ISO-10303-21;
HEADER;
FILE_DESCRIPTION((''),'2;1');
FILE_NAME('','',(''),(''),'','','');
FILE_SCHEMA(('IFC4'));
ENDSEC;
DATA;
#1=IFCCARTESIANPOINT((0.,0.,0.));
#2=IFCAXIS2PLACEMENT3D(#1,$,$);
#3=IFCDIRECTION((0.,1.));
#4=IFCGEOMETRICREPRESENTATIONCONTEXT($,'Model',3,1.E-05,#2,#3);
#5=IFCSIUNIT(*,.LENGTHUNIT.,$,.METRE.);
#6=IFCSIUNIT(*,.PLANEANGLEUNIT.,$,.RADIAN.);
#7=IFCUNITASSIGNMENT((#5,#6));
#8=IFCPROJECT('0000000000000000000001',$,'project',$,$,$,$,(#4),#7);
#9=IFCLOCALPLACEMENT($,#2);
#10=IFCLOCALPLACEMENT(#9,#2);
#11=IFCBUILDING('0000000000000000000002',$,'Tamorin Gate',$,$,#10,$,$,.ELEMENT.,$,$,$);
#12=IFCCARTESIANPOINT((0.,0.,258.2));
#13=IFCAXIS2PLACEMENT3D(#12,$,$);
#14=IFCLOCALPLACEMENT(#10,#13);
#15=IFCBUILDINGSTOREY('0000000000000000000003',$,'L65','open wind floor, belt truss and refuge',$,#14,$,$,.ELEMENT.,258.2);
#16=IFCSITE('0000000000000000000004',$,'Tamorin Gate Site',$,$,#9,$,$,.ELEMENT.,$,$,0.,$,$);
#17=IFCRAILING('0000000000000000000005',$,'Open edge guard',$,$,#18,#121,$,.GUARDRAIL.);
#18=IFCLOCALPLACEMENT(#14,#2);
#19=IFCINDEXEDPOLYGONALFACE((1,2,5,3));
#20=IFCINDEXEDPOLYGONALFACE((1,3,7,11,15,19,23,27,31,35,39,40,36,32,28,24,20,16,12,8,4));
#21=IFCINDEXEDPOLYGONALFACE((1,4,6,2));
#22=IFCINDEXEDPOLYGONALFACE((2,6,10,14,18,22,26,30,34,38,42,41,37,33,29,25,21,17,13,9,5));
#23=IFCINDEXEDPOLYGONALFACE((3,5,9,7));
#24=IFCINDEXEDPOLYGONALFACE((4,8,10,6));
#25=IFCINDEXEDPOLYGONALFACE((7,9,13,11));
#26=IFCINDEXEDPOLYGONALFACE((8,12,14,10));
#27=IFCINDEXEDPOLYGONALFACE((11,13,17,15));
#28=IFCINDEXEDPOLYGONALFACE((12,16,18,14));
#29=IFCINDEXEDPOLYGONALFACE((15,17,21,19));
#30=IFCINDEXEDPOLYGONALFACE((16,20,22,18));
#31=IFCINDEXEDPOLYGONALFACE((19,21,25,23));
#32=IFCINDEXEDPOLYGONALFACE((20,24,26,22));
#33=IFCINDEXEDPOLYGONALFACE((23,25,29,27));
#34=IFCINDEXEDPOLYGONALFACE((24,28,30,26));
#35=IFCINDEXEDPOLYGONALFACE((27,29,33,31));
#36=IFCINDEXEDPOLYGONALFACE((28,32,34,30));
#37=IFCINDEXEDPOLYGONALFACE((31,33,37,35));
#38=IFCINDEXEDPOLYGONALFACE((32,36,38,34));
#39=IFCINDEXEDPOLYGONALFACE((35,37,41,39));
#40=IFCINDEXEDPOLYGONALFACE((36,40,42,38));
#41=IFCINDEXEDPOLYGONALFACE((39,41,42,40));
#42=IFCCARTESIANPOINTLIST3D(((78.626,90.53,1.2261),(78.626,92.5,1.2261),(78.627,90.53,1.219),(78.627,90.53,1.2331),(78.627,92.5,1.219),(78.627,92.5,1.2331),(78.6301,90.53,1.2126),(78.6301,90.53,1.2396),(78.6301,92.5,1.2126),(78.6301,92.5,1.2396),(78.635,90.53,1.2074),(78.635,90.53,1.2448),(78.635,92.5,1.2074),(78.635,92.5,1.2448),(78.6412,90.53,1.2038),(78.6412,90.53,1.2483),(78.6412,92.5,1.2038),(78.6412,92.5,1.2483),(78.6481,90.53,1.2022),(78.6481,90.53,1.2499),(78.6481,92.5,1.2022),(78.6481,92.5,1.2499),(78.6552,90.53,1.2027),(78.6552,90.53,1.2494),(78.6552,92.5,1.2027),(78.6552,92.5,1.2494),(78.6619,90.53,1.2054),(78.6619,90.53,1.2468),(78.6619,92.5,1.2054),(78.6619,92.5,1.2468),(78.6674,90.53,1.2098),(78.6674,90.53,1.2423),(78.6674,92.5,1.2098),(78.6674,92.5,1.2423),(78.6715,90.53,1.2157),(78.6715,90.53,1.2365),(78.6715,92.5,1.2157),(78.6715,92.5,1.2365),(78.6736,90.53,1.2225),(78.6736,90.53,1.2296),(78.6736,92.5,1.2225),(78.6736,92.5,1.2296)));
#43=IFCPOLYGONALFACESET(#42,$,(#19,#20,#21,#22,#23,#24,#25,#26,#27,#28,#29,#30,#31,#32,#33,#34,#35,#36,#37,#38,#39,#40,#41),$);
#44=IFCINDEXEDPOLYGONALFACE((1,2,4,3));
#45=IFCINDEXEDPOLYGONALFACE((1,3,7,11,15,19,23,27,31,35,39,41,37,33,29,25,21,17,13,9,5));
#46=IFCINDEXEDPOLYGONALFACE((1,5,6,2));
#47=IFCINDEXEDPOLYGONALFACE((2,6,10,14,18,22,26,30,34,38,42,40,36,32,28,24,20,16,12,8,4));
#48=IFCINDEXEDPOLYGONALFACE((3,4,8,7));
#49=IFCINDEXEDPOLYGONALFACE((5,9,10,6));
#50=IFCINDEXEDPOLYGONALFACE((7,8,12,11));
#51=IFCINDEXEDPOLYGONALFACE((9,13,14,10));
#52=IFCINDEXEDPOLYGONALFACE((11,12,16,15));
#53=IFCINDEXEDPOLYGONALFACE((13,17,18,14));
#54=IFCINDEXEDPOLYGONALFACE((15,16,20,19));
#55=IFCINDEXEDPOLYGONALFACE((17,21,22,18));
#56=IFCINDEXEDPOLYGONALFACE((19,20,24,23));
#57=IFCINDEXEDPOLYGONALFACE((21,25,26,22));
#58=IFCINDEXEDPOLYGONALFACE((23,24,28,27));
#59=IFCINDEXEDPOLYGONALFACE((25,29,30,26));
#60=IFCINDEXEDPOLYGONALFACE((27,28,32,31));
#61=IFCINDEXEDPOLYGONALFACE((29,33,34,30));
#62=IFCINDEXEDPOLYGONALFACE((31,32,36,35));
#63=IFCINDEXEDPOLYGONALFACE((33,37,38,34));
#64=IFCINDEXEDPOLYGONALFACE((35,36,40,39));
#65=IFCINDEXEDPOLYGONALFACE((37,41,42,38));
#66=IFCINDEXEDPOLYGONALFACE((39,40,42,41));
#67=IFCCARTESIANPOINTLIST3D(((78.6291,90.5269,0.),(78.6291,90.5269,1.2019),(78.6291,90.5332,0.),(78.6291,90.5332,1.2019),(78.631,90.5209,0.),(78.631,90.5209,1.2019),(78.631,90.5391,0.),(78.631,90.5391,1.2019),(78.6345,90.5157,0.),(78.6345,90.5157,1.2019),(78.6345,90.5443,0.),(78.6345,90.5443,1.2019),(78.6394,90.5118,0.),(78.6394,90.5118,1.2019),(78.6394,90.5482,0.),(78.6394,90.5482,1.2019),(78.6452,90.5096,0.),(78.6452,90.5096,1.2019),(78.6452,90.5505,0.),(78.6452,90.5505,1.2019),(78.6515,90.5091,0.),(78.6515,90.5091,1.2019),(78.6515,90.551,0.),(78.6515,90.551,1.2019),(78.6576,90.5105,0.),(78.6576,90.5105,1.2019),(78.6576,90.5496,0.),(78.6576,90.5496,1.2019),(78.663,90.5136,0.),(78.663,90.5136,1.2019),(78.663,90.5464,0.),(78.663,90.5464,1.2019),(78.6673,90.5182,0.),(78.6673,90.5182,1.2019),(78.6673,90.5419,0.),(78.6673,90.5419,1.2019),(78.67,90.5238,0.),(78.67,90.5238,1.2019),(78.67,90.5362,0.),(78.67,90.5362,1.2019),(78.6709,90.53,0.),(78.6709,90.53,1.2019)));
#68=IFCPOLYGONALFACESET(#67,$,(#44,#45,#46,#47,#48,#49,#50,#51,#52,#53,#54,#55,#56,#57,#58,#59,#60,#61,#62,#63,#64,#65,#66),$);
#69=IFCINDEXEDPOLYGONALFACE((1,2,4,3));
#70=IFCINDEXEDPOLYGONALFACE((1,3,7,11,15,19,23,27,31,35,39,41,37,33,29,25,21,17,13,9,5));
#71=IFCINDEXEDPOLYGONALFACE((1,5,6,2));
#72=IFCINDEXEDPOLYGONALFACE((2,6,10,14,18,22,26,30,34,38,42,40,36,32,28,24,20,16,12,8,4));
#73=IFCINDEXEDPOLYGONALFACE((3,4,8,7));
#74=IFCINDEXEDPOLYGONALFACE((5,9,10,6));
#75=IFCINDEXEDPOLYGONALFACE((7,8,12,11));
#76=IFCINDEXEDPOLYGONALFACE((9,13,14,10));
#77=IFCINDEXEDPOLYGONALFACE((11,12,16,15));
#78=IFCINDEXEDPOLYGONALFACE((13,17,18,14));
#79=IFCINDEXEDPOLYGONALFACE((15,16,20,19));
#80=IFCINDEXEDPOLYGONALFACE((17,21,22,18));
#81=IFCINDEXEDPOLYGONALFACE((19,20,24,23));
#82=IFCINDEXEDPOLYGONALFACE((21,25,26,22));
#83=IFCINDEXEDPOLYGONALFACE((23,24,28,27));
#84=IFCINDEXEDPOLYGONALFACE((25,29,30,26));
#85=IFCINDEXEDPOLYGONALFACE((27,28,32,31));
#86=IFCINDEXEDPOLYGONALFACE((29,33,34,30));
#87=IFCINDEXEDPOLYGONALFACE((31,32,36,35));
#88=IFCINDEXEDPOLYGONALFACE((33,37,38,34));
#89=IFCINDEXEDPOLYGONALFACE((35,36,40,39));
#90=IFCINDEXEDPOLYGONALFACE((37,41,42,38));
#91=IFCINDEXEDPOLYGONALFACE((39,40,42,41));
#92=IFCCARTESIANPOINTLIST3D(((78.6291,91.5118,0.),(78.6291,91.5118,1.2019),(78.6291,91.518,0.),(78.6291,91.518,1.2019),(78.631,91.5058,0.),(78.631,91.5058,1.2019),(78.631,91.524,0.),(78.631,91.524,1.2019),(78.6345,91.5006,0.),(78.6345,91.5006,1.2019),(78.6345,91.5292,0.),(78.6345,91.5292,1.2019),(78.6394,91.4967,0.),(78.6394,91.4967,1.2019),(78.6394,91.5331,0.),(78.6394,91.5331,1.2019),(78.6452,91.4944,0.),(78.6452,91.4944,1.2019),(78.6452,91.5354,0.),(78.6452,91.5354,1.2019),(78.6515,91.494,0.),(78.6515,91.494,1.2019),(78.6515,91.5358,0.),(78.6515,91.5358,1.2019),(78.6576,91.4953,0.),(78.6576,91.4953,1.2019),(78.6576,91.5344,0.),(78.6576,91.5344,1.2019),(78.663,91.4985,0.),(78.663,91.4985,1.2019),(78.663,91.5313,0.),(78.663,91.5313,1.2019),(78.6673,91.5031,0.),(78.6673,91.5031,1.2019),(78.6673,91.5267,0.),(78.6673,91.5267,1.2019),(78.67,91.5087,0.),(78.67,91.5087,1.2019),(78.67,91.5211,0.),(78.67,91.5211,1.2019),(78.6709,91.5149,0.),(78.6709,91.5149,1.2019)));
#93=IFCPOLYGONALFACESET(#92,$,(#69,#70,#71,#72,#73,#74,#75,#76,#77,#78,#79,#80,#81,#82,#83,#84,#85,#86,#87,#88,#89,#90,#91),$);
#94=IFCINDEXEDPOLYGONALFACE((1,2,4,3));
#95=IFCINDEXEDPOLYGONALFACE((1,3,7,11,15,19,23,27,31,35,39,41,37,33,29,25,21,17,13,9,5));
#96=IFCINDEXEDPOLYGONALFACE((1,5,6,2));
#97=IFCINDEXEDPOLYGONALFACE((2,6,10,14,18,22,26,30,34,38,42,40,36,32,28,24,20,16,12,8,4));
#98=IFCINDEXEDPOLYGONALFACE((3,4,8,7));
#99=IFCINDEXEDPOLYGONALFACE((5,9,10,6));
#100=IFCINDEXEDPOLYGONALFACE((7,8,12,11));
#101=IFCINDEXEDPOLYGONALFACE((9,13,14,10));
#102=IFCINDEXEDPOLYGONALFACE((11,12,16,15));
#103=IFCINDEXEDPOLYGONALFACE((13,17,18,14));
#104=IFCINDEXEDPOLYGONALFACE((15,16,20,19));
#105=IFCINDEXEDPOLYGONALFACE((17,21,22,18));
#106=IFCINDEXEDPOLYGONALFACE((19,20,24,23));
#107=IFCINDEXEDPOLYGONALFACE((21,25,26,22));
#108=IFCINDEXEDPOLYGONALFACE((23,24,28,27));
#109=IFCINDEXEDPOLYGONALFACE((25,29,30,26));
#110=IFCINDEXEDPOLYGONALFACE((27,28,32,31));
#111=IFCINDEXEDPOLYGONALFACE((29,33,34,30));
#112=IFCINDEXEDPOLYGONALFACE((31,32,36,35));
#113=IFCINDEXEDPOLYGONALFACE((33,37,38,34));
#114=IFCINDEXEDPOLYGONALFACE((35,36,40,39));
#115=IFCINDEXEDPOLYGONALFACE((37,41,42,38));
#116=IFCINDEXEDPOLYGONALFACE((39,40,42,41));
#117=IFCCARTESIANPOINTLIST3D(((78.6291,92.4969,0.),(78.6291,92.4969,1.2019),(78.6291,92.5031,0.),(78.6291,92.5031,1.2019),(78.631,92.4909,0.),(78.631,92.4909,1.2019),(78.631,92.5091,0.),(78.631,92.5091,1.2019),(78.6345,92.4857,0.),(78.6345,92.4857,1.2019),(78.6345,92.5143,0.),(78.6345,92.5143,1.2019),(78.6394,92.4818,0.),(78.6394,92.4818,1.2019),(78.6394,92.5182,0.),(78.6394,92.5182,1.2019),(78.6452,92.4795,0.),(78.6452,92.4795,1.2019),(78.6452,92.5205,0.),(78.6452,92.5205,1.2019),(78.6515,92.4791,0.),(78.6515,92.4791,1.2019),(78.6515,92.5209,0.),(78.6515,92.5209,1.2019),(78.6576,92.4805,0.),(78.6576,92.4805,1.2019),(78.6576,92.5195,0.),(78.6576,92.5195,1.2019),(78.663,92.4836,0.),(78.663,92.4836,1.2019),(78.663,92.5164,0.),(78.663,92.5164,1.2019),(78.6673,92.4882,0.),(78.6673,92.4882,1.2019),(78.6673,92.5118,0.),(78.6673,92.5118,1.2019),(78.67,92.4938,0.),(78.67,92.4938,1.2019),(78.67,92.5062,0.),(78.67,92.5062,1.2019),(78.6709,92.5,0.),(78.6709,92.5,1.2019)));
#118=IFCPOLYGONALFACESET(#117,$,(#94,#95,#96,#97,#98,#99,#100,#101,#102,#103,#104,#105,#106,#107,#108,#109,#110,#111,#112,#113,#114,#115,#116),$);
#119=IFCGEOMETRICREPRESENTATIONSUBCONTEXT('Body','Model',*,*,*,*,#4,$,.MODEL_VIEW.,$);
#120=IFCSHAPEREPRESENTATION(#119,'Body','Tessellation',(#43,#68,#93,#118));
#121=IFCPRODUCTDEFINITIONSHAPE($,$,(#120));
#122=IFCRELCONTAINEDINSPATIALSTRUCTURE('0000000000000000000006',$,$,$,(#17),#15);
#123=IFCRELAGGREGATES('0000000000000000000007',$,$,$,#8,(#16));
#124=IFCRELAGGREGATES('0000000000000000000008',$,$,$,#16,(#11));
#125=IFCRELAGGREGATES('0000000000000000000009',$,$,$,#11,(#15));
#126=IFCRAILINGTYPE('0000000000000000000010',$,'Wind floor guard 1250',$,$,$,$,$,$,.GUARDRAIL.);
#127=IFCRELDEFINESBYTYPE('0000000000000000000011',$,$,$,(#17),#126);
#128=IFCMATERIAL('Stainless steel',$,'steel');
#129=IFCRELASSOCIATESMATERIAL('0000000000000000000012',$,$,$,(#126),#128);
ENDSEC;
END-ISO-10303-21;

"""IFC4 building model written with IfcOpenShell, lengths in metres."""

from ifc_helpers import new_model, si_unit, direction, frame, origin, origin_2d, place, context, subcontext, project, spatial, circle, extrude, material, type_object, element, save


model = new_model("IFC4")

# Units and contexts
model_context = context("Model", 3, precision=1e-05, world=origin(), true_north=direction((0.0, 1.0)))
body_context = subcontext(model_context, "Body", "Model", "MODEL_VIEW")
ifc_project = project(units=[si_unit("LENGTHUNIT", "METRE"), si_unit("PLANEANGLEUNIT", "RADIAN")], contexts=[model_context])

# Site, building, storey
site_placement = place(None, origin())
site = spatial("IfcSite", under=ifc_project, at=site_placement, Name="Tamorin Gate Site", CompositionType="ELEMENT", RefElevation=0.0)
building_placement = place(site_placement, origin())
building = spatial("IfcBuilding", under=site, at=building_placement, Name="Tamorin Gate", CompositionType="ELEMENT")
storey_placement = place(building_placement, frame((0.0, 0.0, 258.2)))
storey = spatial("IfcBuildingStorey", under=building, at=storey_placement, Name="L65", Description="open wind floor, belt truss and refuge", CompositionType="ELEMENT", Elevation=258.2)

# Railing
ifc_material_1 = material(Name="Stainless steel", Category="steel")
railing_type = type_object("IfcRailingType", Name="Wind floor guard 1250", PredefinedType="GUARDRAIL", material=ifc_material_1)
railing_1_placement = place(storey_placement, frame((78.6499, 90.53, 0.0)))
element("IfcRailing", 1, at=railing_1_placement, inside=storey, type_object=railing_type, Name="Open edge guard", PredefinedType="GUARDRAIL", context=body_context, shape_type="SweptSolid", body=[
    extrude(circle(Radius=0.0239, at=origin_2d()), frame((0.0, 0.0, 1.2261), z_axis=(0.0, 1.0, 0.0), x_axis=(-1.0, 0.0, 0.0)), (0.0, 0.0, 1.0), 1.97),
    extrude(circle(Radius=0.021, at=origin_2d()), origin(), (0.0, 0.0, 1.0), 1.2019),
    extrude(circle(Radius=0.021, at=origin_2d()), frame((0.0, 0.9849, 0.0)), (0.0, 0.0, 1.0), 1.2019),
    extrude(circle(Radius=0.021, at=origin_2d()), frame((0.0, 1.97, 0.0)), (0.0, 0.0, 1.0), 1.2019),
])

save(model, "model.ifc")
